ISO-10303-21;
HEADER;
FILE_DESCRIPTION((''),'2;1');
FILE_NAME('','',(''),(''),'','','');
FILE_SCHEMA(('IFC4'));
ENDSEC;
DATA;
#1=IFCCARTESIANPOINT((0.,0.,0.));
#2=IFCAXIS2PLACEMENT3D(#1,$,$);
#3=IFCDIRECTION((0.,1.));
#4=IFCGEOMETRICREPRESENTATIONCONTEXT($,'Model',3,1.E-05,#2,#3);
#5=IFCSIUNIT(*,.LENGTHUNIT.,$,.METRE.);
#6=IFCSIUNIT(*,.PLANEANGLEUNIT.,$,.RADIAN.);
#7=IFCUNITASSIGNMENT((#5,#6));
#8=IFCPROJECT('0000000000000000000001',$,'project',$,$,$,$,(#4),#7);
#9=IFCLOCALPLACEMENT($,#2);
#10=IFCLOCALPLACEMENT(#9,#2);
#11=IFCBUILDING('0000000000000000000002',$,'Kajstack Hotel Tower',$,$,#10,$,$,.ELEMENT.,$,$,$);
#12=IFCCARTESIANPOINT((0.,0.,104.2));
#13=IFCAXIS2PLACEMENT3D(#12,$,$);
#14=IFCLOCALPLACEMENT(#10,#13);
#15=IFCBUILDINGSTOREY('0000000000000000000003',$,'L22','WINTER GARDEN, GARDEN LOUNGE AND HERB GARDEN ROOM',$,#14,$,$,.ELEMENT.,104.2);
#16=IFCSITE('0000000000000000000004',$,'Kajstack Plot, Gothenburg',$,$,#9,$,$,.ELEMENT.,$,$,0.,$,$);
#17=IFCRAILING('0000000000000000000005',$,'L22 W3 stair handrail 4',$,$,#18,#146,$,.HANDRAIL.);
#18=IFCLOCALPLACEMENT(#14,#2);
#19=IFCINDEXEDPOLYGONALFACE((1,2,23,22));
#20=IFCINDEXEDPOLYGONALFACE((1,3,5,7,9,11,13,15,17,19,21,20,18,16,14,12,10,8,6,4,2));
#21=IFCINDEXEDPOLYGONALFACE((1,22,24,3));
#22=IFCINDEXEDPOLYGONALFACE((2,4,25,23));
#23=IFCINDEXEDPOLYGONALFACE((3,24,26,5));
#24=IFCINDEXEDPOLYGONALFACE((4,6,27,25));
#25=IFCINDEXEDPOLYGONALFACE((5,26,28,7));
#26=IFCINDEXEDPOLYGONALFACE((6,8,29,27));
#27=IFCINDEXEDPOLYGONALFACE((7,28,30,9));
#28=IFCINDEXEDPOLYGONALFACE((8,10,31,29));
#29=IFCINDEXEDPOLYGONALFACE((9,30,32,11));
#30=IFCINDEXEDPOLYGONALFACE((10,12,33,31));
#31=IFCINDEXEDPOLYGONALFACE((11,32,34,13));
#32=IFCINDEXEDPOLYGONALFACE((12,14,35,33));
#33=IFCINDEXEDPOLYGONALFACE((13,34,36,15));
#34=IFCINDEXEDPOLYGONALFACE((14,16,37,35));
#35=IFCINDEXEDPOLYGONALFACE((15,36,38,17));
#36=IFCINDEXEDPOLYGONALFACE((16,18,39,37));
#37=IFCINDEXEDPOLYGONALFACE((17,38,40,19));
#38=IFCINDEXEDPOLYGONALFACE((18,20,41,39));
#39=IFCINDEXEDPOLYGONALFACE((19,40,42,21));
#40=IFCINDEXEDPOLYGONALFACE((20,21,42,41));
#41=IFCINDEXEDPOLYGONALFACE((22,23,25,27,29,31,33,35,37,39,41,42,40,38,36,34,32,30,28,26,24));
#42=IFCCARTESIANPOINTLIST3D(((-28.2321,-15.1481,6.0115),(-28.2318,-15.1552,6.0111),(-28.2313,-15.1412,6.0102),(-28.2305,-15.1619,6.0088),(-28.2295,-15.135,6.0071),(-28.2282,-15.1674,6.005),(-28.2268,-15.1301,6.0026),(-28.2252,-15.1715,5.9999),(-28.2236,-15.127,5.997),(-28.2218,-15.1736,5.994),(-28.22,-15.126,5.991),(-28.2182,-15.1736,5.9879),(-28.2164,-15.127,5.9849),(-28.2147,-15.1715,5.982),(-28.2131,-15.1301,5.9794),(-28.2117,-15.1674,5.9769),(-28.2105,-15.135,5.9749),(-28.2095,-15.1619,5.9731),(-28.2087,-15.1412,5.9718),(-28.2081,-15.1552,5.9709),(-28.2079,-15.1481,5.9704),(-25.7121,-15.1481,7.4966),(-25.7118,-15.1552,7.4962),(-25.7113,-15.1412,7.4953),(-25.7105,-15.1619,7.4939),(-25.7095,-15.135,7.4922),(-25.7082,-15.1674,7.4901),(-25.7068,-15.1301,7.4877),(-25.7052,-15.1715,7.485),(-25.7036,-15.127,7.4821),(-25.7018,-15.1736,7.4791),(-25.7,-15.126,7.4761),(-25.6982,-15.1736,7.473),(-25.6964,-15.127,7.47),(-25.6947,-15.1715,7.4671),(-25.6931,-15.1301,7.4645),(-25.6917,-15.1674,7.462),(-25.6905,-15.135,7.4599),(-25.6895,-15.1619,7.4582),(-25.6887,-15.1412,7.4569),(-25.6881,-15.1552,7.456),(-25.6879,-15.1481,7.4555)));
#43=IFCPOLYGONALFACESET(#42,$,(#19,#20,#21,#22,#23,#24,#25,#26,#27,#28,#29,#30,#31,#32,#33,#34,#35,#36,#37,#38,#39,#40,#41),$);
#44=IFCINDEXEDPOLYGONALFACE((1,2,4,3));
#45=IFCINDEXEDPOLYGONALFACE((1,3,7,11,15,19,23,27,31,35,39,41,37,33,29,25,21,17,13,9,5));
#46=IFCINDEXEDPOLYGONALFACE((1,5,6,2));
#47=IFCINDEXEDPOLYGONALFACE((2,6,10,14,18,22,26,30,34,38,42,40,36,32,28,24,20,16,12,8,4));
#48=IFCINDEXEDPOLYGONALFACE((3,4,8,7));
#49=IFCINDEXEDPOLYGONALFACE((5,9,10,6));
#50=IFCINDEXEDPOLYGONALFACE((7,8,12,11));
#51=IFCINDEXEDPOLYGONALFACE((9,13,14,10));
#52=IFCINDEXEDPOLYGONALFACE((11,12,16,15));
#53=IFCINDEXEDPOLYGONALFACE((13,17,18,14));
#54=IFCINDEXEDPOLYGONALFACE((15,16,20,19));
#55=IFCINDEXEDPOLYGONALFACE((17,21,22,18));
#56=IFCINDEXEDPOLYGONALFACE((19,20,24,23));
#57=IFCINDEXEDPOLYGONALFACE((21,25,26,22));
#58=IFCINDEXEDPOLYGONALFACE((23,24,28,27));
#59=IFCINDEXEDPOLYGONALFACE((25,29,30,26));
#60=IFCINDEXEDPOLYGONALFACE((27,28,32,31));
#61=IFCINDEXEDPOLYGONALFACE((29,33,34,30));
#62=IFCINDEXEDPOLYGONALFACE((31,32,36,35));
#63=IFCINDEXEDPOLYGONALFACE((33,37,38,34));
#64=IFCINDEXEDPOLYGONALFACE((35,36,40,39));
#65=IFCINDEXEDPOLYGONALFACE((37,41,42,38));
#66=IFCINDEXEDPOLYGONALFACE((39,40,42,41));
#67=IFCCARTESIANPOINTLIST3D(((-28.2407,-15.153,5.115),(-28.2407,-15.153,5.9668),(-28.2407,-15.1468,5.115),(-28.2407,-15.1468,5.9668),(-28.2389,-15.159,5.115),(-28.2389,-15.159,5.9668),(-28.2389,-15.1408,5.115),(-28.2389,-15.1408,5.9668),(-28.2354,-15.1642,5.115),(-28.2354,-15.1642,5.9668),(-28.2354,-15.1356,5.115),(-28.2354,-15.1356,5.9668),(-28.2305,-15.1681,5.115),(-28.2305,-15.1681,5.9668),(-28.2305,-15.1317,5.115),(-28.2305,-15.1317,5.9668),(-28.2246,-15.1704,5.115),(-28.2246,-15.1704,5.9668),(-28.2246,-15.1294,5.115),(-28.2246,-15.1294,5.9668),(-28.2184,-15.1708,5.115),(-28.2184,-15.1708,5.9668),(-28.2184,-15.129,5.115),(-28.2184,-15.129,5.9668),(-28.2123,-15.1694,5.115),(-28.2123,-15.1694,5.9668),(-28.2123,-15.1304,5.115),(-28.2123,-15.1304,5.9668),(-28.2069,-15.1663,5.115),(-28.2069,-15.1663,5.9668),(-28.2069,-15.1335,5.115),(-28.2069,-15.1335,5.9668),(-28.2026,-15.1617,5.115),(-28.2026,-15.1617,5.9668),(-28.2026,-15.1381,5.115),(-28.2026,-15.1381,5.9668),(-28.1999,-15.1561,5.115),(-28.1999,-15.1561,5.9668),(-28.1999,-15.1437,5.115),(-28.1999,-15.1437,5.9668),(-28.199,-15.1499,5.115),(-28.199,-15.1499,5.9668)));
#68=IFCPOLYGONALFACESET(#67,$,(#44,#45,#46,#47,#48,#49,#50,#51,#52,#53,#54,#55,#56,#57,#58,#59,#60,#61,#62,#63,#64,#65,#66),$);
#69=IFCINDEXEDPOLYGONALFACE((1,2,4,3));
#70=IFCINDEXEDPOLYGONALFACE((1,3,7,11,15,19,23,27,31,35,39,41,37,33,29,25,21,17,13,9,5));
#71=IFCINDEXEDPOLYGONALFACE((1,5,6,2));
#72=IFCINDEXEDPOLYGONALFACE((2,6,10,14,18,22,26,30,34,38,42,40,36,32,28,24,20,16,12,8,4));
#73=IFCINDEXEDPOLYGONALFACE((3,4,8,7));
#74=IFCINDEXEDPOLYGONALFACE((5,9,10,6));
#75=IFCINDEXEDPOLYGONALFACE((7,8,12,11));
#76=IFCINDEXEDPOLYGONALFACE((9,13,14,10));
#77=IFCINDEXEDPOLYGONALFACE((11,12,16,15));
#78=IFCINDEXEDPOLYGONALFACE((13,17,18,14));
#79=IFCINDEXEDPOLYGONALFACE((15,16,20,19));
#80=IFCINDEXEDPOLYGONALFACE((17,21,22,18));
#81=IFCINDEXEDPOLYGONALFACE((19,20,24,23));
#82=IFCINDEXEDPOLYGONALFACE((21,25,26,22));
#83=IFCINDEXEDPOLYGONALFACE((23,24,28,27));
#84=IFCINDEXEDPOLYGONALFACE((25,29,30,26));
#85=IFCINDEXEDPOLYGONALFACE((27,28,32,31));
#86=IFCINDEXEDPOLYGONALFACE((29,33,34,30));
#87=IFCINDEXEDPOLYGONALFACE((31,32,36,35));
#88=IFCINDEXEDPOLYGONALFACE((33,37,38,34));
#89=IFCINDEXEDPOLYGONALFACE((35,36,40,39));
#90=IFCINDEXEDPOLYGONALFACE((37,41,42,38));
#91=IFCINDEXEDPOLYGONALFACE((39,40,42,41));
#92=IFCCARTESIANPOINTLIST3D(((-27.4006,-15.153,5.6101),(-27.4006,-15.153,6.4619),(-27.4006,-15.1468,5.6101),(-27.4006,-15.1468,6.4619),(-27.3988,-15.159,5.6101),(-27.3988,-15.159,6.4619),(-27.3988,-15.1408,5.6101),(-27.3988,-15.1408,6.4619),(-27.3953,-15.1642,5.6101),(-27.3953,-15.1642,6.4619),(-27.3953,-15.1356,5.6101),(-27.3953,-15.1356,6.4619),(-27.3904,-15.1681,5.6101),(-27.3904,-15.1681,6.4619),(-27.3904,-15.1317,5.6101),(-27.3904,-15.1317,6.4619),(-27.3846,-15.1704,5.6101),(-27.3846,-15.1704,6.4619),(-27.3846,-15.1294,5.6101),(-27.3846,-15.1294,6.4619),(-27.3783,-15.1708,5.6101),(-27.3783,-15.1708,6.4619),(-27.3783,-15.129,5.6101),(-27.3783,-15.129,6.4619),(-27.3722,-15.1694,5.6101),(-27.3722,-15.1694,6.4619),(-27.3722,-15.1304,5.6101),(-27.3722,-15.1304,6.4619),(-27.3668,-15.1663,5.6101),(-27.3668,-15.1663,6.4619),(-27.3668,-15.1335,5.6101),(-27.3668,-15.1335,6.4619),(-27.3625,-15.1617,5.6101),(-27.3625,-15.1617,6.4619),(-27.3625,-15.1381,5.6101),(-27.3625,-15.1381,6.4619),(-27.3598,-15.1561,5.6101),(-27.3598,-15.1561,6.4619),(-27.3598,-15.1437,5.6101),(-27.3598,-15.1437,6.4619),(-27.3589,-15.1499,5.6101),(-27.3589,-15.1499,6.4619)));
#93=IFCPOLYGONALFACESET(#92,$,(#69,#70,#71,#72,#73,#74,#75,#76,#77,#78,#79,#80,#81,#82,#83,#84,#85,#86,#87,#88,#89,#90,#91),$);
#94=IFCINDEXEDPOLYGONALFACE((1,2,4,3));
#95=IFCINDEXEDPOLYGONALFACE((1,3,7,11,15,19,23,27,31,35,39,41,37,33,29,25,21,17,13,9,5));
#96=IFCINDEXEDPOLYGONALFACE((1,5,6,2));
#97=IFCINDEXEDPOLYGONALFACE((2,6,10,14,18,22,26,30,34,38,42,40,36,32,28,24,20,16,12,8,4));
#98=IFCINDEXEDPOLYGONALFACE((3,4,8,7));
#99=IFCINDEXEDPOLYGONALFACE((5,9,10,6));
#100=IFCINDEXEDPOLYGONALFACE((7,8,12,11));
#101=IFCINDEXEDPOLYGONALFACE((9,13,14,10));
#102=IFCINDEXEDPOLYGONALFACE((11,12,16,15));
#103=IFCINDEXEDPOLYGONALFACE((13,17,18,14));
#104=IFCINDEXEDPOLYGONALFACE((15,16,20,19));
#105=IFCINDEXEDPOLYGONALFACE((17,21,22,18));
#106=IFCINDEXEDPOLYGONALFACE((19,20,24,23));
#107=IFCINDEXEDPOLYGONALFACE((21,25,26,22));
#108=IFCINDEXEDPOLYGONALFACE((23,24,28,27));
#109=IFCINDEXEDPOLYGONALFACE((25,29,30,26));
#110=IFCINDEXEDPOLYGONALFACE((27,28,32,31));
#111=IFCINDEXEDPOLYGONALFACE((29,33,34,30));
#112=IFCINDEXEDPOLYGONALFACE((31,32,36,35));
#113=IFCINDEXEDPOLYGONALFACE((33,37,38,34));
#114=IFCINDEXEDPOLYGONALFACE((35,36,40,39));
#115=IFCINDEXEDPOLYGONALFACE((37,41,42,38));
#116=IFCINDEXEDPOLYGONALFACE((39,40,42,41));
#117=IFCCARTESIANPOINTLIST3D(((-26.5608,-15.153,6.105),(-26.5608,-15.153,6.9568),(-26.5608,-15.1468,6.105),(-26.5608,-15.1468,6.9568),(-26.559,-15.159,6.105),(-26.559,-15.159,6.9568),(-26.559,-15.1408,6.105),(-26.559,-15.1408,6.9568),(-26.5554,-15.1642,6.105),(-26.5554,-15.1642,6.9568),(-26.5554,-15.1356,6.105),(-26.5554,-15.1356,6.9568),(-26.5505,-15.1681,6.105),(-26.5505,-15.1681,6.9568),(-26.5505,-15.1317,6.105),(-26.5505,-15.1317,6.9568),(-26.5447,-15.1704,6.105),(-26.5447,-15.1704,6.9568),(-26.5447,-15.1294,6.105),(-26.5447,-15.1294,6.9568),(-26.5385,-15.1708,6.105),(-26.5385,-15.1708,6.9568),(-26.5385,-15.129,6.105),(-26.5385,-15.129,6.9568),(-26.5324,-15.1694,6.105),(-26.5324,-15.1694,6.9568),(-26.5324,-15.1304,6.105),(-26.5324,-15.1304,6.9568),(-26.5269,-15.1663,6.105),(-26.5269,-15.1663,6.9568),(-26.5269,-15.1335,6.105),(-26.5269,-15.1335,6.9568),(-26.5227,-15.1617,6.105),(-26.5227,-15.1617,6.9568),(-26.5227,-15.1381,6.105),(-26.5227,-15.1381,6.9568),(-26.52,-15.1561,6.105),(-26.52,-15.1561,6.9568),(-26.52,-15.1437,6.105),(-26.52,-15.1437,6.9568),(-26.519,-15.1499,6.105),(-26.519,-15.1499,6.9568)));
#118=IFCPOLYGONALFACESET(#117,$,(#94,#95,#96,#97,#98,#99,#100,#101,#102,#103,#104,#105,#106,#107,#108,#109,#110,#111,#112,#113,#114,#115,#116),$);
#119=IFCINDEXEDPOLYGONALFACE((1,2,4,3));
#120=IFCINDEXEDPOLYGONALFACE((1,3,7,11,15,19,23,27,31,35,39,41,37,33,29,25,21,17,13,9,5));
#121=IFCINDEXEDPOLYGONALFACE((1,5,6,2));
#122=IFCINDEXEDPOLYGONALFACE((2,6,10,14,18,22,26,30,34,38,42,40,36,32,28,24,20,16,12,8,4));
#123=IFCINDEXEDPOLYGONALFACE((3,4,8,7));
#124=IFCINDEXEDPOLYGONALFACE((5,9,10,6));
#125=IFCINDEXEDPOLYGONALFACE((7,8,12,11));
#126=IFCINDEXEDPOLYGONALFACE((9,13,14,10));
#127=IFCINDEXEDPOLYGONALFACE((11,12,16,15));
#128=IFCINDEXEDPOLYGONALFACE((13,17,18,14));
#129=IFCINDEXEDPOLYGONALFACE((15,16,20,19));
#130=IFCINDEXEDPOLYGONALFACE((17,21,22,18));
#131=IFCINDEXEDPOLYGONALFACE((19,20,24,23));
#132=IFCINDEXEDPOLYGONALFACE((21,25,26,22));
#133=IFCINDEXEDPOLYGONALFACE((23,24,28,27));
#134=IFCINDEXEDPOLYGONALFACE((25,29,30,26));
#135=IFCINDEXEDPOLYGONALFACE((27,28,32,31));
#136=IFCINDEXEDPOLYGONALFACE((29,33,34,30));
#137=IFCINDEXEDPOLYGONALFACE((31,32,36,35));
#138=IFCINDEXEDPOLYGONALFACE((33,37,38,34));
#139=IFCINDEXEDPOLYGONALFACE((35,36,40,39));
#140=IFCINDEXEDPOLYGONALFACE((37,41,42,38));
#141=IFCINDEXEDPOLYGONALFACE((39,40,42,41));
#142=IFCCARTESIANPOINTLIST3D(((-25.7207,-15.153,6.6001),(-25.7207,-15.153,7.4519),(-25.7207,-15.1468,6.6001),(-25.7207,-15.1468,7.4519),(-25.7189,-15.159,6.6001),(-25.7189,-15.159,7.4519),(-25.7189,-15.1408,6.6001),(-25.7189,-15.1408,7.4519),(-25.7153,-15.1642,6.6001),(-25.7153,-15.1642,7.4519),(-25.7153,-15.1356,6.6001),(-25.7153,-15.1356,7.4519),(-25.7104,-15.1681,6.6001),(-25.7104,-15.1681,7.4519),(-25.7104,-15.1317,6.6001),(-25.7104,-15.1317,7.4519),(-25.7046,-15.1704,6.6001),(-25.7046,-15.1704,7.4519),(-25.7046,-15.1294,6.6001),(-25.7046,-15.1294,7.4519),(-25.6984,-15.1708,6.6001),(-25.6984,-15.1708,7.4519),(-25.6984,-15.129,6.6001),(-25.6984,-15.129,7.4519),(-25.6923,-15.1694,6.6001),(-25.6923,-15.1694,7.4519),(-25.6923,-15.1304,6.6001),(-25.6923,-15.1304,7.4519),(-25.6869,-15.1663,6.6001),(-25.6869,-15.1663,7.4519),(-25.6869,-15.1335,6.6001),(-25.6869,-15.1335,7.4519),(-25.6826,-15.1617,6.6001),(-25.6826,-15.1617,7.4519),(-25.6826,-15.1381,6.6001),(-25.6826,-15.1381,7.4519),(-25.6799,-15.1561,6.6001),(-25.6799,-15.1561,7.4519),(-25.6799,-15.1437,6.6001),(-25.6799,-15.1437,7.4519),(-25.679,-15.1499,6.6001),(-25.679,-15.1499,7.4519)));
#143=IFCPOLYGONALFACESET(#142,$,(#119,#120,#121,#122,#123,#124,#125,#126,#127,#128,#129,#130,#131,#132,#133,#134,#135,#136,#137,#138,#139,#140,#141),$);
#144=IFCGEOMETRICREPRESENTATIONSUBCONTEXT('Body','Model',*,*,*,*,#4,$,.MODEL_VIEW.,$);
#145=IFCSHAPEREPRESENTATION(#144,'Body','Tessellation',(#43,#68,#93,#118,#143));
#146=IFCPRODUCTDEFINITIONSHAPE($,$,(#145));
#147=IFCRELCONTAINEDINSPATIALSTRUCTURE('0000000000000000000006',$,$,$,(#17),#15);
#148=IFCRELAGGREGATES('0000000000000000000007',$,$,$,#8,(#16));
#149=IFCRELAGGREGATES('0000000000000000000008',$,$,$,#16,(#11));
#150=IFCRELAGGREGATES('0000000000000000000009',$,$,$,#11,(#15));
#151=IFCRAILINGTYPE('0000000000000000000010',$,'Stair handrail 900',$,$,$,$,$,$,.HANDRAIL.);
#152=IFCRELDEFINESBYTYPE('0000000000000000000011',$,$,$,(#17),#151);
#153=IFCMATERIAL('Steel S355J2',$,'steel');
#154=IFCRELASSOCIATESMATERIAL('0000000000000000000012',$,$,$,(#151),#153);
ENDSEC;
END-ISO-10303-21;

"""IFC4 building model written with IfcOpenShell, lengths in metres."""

from ifc_helpers import new_model, si_unit, direction, frame, origin, origin_2d, place, context, subcontext, project, spatial, circle, extrude, material, type_object, element, save


model = new_model("IFC4")

# Units and contexts
model_context = context("Model", 3, precision=1e-05, world=origin(), true_north=direction((0.0, 1.0)))
body_context = subcontext(model_context, "Body", "Model", "MODEL_VIEW")
ifc_project = project(units=[si_unit("LENGTHUNIT", "METRE"), si_unit("PLANEANGLEUNIT", "RADIAN")], contexts=[model_context])

# Site, building, storey
site_placement = place(None, origin())
site = spatial("IfcSite", under=ifc_project, at=site_placement, Name="Kajstack Plot, Gothenburg", CompositionType="ELEMENT", RefElevation=0.0)
building_placement = place(site_placement, origin())
building = spatial("IfcBuilding", under=site, at=building_placement, Name="Kajstack Hotel Tower", CompositionType="ELEMENT")
storey_placement = place(building_placement, frame((0.0, 0.0, 104.2)))
storey = spatial("IfcBuildingStorey", under=building, at=storey_placement, Name="L22", Description="WINTER GARDEN, GARDEN LOUNGE AND HERB GARDEN ROOM", CompositionType="ELEMENT", Elevation=104.2)

# Railing
ifc_material_1 = material(Name="Steel S355J2", Category="steel")
railing_type_1 = type_object("IfcRailingType", Name="Stair handrail 900", PredefinedType="HANDRAIL", material=ifc_material_1)
for number, where, name in (
    (1, (-28.22, -15.1499, 5.115), "L22 W3 stair handrail 4"),
):
    element("IfcRailing", number, at=place(storey_placement, frame(where)), inside=storey, type_object=railing_type_1, Name=name, PredefinedType="HANDRAIL", context=body_context, shape_type="SweptSolid", body=[
        extrude(circle(Radius=0.0239, at=origin_2d()), frame((0.0, 0.0, 0.876), z_axis=(0.861524, 0.0, 0.507717), x_axis=(0.0, 1.0, 0.0)), (0.0, 0.0, 1.0), 2.925),
        extrude(circle(Radius=0.021, at=origin_2d()), origin(), (0.0, 0.0, 1.0), 0.8518),
        extrude(circle(Radius=0.021, at=origin_2d()), frame((0.8401, 0.0, 0.4951)), (0.0, 0.0, 1.0), 0.8518),
        extrude(circle(Radius=0.021, at=origin_2d()), frame((1.6799, 0.0, 0.99)), (0.0, 0.0, 1.0), 0.8518),
        extrude(circle(Radius=0.021, at=origin_2d()), frame((2.52, 0.0, 1.4851)), (0.0, 0.0, 1.0), 0.8518),
    ])

save(model, "model.ifc")
